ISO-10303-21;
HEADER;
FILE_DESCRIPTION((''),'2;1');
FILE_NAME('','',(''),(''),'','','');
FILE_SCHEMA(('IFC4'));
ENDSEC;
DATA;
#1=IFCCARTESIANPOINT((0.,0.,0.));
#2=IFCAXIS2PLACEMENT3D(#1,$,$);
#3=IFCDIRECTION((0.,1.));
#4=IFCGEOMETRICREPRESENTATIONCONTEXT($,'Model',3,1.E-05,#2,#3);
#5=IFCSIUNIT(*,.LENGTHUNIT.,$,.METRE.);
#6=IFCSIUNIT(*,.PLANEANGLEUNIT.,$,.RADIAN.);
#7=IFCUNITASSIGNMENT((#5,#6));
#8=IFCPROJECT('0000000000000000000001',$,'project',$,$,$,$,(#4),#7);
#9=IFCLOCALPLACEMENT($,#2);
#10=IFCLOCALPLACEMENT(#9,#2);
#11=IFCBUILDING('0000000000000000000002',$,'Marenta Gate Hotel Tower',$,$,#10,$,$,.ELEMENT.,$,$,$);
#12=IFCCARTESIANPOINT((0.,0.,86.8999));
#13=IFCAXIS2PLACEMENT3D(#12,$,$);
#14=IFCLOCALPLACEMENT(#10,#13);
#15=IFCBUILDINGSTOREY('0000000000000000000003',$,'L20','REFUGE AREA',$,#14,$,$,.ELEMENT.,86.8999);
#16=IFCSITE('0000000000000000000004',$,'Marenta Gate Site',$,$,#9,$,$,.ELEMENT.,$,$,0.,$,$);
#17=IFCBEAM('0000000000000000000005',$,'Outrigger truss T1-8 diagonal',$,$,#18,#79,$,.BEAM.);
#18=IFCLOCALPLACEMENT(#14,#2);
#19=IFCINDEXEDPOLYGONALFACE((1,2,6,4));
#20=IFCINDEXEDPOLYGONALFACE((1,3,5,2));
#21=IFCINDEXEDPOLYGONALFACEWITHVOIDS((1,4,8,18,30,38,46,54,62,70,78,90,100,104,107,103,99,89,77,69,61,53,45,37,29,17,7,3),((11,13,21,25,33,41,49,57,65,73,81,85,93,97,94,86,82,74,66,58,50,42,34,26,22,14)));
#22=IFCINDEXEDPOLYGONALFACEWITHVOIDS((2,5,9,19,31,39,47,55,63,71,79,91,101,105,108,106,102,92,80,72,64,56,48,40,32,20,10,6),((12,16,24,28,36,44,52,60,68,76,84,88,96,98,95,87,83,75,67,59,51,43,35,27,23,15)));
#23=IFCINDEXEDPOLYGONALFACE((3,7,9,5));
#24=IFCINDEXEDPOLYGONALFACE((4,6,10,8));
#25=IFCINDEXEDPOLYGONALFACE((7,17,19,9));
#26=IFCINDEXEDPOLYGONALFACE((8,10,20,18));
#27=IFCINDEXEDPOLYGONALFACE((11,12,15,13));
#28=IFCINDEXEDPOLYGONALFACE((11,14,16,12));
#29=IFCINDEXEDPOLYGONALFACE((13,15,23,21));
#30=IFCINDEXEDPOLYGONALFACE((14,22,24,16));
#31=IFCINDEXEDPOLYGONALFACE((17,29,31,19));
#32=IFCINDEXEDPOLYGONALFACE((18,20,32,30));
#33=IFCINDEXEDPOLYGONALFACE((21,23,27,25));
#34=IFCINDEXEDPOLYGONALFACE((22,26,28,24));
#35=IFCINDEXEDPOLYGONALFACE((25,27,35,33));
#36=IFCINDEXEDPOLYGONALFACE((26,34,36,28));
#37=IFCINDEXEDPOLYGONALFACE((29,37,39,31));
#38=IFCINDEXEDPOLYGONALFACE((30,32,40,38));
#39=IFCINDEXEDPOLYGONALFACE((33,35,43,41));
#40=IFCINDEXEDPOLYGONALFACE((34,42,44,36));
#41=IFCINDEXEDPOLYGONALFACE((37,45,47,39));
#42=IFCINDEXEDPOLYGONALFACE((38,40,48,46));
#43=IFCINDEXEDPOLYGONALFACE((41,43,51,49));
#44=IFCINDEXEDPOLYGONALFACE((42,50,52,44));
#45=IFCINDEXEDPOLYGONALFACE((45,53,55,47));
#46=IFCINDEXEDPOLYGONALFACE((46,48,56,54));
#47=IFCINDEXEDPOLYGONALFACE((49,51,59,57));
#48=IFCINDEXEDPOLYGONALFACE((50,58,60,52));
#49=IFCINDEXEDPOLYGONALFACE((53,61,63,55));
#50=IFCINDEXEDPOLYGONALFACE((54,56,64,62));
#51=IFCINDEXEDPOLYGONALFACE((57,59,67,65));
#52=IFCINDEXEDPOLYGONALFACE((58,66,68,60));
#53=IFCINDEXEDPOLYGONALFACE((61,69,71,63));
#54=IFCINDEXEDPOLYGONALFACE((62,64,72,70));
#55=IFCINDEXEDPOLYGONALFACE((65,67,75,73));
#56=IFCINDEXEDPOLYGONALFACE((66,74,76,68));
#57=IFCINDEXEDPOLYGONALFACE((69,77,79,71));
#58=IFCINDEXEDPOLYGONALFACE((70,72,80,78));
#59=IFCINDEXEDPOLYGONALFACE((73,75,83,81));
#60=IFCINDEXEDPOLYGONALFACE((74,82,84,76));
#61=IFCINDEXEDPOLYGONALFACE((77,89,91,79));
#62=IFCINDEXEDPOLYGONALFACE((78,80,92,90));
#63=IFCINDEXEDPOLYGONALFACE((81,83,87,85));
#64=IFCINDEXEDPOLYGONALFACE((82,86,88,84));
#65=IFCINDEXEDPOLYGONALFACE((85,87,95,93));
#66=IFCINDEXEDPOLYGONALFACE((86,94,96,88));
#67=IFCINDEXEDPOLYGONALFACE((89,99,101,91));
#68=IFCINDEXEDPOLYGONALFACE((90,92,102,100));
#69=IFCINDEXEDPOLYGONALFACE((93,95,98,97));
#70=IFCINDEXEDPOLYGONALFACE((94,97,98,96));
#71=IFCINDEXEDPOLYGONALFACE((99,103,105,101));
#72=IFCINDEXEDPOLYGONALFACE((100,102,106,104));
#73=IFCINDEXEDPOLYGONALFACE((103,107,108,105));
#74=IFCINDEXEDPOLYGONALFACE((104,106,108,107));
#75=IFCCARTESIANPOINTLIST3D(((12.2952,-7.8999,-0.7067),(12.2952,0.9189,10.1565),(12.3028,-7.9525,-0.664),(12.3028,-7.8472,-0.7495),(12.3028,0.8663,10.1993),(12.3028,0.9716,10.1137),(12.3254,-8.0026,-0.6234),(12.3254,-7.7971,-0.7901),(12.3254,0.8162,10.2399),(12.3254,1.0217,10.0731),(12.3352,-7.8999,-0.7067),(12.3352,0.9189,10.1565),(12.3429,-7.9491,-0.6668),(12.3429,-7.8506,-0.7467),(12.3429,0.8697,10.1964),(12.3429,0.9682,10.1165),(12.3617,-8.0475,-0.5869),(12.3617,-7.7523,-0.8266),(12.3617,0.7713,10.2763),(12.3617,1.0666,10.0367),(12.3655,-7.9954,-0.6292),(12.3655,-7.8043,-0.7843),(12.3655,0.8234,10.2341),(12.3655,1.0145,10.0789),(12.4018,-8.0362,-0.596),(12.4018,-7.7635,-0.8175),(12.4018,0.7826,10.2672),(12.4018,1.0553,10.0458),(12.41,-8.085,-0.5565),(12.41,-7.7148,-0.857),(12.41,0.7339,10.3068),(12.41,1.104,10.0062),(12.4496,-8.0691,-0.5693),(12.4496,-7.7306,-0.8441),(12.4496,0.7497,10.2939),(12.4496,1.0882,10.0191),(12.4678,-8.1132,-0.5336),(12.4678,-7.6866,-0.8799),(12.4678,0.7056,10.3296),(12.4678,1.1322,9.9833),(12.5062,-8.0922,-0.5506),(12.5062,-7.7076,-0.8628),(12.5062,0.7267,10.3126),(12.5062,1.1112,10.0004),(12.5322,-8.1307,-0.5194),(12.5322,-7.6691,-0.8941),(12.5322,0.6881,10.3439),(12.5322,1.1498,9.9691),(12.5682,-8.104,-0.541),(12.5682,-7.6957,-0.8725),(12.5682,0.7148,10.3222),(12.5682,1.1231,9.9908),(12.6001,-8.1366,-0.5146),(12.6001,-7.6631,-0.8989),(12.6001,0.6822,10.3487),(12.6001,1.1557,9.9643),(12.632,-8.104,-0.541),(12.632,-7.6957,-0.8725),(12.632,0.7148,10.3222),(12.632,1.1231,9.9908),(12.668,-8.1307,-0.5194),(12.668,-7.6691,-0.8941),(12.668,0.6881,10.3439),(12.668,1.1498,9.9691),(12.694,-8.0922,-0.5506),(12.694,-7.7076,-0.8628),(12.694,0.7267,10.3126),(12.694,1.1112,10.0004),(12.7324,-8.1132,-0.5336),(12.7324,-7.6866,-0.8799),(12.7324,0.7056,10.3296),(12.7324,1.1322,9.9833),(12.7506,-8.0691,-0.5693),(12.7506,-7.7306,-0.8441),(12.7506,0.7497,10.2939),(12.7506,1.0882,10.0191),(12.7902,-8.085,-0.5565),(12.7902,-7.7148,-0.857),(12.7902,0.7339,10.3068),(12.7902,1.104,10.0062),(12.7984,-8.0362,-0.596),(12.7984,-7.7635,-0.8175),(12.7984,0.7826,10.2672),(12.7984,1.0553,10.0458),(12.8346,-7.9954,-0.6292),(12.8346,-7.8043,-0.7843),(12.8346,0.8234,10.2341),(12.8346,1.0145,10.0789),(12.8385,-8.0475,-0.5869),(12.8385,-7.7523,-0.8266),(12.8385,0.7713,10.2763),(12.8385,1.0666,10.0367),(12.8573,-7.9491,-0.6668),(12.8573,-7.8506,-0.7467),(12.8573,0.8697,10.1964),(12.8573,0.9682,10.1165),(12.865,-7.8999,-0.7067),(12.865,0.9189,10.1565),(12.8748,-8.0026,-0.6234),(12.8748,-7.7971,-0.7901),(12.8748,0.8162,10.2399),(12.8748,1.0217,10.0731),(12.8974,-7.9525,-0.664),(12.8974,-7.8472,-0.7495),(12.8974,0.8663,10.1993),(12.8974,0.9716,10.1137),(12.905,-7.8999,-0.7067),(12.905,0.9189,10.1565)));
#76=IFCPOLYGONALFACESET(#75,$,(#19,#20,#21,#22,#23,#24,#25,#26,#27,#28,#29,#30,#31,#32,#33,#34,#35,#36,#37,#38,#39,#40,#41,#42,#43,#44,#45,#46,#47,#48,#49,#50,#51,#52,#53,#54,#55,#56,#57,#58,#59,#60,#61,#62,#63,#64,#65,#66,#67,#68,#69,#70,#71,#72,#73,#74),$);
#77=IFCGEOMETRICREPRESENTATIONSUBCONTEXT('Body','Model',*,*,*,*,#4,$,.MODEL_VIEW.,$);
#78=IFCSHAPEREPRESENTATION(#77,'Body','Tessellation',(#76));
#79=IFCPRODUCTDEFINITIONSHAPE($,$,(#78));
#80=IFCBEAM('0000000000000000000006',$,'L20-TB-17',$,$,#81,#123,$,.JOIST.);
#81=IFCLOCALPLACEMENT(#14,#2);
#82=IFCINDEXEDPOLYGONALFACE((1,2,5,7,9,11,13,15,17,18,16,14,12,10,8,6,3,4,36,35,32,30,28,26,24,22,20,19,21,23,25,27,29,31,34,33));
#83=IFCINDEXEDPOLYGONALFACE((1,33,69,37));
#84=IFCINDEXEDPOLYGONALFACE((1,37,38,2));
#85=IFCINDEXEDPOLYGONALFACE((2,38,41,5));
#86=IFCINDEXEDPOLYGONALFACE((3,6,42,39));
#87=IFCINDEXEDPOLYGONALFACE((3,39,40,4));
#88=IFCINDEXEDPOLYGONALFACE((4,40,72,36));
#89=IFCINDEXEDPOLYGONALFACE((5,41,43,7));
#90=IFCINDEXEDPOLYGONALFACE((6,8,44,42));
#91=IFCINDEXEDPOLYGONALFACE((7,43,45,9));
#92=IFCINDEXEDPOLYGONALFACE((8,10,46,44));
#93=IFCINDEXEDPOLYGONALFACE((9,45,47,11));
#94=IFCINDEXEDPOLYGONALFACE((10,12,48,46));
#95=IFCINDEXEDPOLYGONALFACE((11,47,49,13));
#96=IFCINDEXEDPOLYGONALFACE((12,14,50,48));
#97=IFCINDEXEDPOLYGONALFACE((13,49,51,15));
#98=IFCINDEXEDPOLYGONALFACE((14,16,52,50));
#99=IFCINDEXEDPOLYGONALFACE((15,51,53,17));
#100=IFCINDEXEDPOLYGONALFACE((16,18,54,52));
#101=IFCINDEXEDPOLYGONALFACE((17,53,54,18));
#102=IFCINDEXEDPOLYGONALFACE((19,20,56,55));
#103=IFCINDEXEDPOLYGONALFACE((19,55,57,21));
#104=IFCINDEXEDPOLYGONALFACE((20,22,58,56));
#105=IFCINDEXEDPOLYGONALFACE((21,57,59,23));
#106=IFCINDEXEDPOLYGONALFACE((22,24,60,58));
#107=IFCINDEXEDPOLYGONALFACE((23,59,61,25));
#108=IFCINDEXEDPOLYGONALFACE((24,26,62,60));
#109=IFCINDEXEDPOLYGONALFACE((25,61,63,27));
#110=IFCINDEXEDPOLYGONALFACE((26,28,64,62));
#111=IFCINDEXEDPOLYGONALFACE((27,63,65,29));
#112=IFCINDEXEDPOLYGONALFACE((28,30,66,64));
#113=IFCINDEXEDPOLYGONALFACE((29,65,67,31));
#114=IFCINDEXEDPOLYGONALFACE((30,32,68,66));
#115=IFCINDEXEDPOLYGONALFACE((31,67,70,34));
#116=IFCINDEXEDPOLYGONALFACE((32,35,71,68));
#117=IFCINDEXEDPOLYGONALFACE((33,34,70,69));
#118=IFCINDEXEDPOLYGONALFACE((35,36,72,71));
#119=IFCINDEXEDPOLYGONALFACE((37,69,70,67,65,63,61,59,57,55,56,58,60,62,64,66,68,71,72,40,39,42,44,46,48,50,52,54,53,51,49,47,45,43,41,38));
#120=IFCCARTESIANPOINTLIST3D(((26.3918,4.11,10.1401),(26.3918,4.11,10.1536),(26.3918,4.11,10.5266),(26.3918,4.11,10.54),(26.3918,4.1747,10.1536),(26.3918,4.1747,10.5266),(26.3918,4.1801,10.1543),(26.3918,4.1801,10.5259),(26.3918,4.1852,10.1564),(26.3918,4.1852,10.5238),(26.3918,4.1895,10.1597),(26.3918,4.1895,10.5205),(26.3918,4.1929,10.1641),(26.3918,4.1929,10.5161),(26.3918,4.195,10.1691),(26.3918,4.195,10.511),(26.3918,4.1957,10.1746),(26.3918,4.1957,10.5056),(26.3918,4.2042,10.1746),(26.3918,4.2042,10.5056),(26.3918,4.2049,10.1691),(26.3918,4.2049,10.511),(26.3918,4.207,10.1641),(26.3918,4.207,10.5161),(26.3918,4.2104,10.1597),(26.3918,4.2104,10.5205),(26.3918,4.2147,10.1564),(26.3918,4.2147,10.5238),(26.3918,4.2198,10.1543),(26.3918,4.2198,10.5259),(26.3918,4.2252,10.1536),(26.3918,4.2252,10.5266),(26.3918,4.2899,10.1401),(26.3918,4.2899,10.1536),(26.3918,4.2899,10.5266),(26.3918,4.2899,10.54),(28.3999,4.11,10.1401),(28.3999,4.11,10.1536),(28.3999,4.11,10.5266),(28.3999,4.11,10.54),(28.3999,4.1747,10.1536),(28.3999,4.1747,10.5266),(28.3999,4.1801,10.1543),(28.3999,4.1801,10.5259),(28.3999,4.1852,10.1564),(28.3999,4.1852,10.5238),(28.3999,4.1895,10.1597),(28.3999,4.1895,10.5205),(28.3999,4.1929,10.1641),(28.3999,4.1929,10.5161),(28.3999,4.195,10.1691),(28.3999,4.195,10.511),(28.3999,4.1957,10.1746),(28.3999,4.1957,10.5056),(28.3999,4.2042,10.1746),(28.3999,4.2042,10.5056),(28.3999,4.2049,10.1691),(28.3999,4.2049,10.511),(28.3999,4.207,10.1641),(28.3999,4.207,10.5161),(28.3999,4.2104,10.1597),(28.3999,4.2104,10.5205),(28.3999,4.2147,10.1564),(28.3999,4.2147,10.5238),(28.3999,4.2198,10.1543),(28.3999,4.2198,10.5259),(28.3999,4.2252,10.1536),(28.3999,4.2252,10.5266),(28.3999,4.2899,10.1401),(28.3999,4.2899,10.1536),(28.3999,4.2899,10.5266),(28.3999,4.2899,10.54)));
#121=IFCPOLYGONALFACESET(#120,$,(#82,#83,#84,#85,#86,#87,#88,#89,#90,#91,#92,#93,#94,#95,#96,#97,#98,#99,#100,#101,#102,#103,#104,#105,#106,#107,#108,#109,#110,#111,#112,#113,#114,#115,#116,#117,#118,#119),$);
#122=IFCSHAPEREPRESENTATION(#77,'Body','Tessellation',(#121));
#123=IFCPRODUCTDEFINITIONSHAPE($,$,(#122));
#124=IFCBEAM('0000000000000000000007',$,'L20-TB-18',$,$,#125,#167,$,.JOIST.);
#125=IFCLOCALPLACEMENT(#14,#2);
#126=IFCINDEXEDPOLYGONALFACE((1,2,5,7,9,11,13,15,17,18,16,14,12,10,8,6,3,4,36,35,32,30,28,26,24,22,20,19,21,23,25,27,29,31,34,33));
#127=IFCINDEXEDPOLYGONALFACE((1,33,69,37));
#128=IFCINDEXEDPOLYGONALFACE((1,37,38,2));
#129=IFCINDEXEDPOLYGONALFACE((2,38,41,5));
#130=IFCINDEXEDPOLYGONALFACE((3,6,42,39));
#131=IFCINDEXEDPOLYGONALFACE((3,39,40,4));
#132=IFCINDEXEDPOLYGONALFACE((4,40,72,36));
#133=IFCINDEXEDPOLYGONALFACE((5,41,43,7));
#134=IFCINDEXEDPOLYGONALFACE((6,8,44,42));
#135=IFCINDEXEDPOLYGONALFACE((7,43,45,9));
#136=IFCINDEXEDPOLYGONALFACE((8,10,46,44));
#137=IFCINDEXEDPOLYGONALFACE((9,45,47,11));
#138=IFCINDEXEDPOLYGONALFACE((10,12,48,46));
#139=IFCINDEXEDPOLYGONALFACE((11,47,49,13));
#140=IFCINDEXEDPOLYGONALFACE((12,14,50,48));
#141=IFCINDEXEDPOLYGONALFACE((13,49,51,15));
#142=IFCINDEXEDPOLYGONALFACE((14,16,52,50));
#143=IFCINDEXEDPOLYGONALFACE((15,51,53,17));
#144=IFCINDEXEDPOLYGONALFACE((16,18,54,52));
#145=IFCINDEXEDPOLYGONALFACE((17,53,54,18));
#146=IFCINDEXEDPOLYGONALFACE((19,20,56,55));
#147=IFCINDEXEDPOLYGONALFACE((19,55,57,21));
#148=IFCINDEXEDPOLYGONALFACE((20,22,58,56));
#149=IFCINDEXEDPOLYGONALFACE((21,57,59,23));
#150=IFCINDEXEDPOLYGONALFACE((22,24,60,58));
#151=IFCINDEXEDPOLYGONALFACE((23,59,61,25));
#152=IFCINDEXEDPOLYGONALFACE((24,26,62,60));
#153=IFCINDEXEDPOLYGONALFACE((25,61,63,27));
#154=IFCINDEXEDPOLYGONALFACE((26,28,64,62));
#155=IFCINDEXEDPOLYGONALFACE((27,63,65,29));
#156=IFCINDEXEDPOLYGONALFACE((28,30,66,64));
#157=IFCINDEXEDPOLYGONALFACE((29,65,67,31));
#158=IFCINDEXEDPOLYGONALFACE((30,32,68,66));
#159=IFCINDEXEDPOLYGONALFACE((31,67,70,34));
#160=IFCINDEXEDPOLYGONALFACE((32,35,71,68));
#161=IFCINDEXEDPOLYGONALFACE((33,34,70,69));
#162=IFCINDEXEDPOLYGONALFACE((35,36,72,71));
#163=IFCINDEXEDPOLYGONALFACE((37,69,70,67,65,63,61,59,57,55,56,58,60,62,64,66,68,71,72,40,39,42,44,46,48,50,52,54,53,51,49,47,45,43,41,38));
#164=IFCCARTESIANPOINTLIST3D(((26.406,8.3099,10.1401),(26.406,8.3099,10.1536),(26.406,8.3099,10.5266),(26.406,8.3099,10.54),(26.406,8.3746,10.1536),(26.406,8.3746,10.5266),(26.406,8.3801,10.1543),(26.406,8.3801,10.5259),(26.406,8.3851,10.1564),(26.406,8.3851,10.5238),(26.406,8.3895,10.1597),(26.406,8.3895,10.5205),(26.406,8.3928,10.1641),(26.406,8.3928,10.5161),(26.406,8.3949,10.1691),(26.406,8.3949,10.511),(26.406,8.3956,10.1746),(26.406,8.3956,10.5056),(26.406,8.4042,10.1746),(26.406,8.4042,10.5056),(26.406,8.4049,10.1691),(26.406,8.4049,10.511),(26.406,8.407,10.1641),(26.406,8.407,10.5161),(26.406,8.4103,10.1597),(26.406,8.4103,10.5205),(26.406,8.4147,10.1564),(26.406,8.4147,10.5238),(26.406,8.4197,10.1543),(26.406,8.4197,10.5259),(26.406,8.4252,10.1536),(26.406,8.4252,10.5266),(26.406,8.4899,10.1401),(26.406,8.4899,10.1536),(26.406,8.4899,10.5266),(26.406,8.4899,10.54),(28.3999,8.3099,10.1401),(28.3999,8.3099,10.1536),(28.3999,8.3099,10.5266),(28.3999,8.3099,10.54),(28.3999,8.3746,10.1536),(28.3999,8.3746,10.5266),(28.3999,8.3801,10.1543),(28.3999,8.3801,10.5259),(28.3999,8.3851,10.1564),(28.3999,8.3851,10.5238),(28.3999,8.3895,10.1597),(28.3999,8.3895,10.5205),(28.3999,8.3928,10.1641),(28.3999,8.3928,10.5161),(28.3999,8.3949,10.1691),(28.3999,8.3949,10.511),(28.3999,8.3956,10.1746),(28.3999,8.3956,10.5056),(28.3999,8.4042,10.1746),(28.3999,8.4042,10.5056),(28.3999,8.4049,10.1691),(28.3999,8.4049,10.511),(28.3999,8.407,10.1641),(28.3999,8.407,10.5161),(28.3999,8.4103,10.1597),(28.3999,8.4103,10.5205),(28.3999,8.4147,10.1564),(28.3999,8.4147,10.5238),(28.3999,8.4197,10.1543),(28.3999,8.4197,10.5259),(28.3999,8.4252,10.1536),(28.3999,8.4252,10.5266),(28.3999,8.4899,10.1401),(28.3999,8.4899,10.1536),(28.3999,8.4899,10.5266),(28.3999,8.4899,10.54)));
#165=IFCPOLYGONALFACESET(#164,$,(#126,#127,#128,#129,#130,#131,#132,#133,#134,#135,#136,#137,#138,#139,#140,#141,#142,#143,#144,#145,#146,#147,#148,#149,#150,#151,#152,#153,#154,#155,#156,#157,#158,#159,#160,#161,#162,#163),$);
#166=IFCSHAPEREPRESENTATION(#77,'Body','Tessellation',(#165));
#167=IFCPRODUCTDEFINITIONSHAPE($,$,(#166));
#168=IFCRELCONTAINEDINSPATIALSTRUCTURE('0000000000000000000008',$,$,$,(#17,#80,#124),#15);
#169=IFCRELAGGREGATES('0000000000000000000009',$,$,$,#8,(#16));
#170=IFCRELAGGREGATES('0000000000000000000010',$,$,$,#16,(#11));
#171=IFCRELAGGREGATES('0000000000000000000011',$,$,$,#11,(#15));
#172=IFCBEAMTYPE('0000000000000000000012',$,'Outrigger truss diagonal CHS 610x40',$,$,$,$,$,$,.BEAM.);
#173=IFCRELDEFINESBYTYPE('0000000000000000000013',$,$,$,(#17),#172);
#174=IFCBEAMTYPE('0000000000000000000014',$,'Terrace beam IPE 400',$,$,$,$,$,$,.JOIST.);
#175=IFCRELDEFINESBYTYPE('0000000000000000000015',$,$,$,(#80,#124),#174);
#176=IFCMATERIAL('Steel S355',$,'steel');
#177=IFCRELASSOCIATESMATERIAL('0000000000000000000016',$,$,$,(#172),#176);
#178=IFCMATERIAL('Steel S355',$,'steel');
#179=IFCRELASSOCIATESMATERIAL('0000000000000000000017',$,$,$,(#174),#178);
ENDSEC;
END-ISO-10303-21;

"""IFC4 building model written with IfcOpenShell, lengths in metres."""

from ifc_helpers import new_model, si_unit, direction, frame, origin, origin_2d, place, context, subcontext, project, spatial, hollow_circle, i_section, extrude, material, material_profile, profile_set, type_object, element, save


model = new_model("IFC4")

# Units and contexts
model_context = context("Model", 3, precision=1e-05, world=origin(), true_north=direction((0.0, 1.0)))
body_context = subcontext(model_context, "Body", "Model", "MODEL_VIEW")
ifc_project = project(units=[si_unit("LENGTHUNIT", "METRE"), si_unit("PLANEANGLEUNIT", "RADIAN")], contexts=[model_context])

# Site, building, storey
site_placement = place(None, origin())
site = spatial("IfcSite", under=ifc_project, at=site_placement, Name="Marenta Gate Site", CompositionType="ELEMENT", RefElevation=0.0)
building_placement = place(site_placement, origin())
building = spatial("IfcBuilding", under=site, at=building_placement, Name="Marenta Gate Hotel Tower", CompositionType="ELEMENT")
storey_placement = place(building_placement, frame((0.0, 0.0, 86.8999)))
storey = spatial("IfcBuildingStorey", under=building, at=storey_placement, Name="L20", Description="REFUGE AREA", CompositionType="ELEMENT", Elevation=86.8999)

# Beams
ifc_material_1 = material(Name="Steel S355", Category="steel")
ifc_material_profile_1 = material_profile(ifc_material_1, hollow_circle(Radius=0.3049, WallThickness=0.04, at=origin_2d()), Name="CHS 610x40")
ifc_profile_set_1 = profile_set([ifc_material_profile_1], Name="Steel S355")
beam_type_1 = type_object("IfcBeamType", Name="Outrigger truss diagonal CHS 610x40", PredefinedType="BEAM", material=ifc_profile_set_1)
beam_1_placement = place(storey_placement, frame((12.6001, 0.9189, 10.1565), z_axis=(0.0, -0.630267, -0.776379), x_axis=(1.0, 0.0, 0.0)))
element("IfcBeam", 1, at=beam_1_placement, inside=storey, type_object=beam_type_1, Name="Outrigger truss T1-8 diagonal", PredefinedType="BEAM", context=body_context, shape_type="SweptSolid", body=[
    extrude(hollow_circle(Radius=0.3049, WallThickness=0.04, at=origin_2d()), origin(), (0.0, 0.0, 1.0), 13.9922),
])
ifc_material_2 = material(Name="Steel S355", Category="steel")
ifc_material_profile_2 = material_profile(ifc_material_2, i_section(OverallWidth=0.1799, OverallDepth=0.3999, WebThickness=0.0085, FlangeThickness=0.0134, FilletRadius=0.021, at=origin_2d()), Name="IPE 400")
ifc_profile_set_2 = profile_set([ifc_material_profile_2], Name="Steel S355")
beam_type_2 = type_object("IfcBeamType", Name="Terrace beam IPE 400", PredefinedType="JOIST", material=ifc_profile_set_2)
beam_2_placement = place(storey_placement, frame((26.3918, 4.2, 10.3401), z_axis=(1.0, 0.0, 0.0), x_axis=(0.0, 1.0, 0.0)))
element("IfcBeam", 2, at=beam_2_placement, inside=storey, type_object=beam_type_2, Name="L20-TB-17", PredefinedType="JOIST", context=body_context, shape_type="SweptSolid", body=[
    extrude(i_section(OverallWidth=0.1799, OverallDepth=0.3999, WebThickness=0.0085, FlangeThickness=0.0134, FilletRadius=0.021, at=origin_2d()), origin(), (0.0, 0.0, 1.0), 2.0081),
])
beam_3_placement = place(storey_placement, frame((26.406, 8.3999, 10.3401), z_axis=(1.0, 0.0, 0.0), x_axis=(0.0, 1.0, 0.0)))
element("IfcBeam", 3, at=beam_3_placement, inside=storey, type_object=beam_type_2, Name="L20-TB-18", PredefinedType="JOIST", context=body_context, shape_type="SweptSolid", body=[
    extrude(i_section(OverallWidth=0.1799, OverallDepth=0.3999, WebThickness=0.0085, FlangeThickness=0.0134, FilletRadius=0.021, at=origin_2d()), origin(), (0.0, 0.0, 1.0), 1.9939),
])

save(model, "model.ifc")
